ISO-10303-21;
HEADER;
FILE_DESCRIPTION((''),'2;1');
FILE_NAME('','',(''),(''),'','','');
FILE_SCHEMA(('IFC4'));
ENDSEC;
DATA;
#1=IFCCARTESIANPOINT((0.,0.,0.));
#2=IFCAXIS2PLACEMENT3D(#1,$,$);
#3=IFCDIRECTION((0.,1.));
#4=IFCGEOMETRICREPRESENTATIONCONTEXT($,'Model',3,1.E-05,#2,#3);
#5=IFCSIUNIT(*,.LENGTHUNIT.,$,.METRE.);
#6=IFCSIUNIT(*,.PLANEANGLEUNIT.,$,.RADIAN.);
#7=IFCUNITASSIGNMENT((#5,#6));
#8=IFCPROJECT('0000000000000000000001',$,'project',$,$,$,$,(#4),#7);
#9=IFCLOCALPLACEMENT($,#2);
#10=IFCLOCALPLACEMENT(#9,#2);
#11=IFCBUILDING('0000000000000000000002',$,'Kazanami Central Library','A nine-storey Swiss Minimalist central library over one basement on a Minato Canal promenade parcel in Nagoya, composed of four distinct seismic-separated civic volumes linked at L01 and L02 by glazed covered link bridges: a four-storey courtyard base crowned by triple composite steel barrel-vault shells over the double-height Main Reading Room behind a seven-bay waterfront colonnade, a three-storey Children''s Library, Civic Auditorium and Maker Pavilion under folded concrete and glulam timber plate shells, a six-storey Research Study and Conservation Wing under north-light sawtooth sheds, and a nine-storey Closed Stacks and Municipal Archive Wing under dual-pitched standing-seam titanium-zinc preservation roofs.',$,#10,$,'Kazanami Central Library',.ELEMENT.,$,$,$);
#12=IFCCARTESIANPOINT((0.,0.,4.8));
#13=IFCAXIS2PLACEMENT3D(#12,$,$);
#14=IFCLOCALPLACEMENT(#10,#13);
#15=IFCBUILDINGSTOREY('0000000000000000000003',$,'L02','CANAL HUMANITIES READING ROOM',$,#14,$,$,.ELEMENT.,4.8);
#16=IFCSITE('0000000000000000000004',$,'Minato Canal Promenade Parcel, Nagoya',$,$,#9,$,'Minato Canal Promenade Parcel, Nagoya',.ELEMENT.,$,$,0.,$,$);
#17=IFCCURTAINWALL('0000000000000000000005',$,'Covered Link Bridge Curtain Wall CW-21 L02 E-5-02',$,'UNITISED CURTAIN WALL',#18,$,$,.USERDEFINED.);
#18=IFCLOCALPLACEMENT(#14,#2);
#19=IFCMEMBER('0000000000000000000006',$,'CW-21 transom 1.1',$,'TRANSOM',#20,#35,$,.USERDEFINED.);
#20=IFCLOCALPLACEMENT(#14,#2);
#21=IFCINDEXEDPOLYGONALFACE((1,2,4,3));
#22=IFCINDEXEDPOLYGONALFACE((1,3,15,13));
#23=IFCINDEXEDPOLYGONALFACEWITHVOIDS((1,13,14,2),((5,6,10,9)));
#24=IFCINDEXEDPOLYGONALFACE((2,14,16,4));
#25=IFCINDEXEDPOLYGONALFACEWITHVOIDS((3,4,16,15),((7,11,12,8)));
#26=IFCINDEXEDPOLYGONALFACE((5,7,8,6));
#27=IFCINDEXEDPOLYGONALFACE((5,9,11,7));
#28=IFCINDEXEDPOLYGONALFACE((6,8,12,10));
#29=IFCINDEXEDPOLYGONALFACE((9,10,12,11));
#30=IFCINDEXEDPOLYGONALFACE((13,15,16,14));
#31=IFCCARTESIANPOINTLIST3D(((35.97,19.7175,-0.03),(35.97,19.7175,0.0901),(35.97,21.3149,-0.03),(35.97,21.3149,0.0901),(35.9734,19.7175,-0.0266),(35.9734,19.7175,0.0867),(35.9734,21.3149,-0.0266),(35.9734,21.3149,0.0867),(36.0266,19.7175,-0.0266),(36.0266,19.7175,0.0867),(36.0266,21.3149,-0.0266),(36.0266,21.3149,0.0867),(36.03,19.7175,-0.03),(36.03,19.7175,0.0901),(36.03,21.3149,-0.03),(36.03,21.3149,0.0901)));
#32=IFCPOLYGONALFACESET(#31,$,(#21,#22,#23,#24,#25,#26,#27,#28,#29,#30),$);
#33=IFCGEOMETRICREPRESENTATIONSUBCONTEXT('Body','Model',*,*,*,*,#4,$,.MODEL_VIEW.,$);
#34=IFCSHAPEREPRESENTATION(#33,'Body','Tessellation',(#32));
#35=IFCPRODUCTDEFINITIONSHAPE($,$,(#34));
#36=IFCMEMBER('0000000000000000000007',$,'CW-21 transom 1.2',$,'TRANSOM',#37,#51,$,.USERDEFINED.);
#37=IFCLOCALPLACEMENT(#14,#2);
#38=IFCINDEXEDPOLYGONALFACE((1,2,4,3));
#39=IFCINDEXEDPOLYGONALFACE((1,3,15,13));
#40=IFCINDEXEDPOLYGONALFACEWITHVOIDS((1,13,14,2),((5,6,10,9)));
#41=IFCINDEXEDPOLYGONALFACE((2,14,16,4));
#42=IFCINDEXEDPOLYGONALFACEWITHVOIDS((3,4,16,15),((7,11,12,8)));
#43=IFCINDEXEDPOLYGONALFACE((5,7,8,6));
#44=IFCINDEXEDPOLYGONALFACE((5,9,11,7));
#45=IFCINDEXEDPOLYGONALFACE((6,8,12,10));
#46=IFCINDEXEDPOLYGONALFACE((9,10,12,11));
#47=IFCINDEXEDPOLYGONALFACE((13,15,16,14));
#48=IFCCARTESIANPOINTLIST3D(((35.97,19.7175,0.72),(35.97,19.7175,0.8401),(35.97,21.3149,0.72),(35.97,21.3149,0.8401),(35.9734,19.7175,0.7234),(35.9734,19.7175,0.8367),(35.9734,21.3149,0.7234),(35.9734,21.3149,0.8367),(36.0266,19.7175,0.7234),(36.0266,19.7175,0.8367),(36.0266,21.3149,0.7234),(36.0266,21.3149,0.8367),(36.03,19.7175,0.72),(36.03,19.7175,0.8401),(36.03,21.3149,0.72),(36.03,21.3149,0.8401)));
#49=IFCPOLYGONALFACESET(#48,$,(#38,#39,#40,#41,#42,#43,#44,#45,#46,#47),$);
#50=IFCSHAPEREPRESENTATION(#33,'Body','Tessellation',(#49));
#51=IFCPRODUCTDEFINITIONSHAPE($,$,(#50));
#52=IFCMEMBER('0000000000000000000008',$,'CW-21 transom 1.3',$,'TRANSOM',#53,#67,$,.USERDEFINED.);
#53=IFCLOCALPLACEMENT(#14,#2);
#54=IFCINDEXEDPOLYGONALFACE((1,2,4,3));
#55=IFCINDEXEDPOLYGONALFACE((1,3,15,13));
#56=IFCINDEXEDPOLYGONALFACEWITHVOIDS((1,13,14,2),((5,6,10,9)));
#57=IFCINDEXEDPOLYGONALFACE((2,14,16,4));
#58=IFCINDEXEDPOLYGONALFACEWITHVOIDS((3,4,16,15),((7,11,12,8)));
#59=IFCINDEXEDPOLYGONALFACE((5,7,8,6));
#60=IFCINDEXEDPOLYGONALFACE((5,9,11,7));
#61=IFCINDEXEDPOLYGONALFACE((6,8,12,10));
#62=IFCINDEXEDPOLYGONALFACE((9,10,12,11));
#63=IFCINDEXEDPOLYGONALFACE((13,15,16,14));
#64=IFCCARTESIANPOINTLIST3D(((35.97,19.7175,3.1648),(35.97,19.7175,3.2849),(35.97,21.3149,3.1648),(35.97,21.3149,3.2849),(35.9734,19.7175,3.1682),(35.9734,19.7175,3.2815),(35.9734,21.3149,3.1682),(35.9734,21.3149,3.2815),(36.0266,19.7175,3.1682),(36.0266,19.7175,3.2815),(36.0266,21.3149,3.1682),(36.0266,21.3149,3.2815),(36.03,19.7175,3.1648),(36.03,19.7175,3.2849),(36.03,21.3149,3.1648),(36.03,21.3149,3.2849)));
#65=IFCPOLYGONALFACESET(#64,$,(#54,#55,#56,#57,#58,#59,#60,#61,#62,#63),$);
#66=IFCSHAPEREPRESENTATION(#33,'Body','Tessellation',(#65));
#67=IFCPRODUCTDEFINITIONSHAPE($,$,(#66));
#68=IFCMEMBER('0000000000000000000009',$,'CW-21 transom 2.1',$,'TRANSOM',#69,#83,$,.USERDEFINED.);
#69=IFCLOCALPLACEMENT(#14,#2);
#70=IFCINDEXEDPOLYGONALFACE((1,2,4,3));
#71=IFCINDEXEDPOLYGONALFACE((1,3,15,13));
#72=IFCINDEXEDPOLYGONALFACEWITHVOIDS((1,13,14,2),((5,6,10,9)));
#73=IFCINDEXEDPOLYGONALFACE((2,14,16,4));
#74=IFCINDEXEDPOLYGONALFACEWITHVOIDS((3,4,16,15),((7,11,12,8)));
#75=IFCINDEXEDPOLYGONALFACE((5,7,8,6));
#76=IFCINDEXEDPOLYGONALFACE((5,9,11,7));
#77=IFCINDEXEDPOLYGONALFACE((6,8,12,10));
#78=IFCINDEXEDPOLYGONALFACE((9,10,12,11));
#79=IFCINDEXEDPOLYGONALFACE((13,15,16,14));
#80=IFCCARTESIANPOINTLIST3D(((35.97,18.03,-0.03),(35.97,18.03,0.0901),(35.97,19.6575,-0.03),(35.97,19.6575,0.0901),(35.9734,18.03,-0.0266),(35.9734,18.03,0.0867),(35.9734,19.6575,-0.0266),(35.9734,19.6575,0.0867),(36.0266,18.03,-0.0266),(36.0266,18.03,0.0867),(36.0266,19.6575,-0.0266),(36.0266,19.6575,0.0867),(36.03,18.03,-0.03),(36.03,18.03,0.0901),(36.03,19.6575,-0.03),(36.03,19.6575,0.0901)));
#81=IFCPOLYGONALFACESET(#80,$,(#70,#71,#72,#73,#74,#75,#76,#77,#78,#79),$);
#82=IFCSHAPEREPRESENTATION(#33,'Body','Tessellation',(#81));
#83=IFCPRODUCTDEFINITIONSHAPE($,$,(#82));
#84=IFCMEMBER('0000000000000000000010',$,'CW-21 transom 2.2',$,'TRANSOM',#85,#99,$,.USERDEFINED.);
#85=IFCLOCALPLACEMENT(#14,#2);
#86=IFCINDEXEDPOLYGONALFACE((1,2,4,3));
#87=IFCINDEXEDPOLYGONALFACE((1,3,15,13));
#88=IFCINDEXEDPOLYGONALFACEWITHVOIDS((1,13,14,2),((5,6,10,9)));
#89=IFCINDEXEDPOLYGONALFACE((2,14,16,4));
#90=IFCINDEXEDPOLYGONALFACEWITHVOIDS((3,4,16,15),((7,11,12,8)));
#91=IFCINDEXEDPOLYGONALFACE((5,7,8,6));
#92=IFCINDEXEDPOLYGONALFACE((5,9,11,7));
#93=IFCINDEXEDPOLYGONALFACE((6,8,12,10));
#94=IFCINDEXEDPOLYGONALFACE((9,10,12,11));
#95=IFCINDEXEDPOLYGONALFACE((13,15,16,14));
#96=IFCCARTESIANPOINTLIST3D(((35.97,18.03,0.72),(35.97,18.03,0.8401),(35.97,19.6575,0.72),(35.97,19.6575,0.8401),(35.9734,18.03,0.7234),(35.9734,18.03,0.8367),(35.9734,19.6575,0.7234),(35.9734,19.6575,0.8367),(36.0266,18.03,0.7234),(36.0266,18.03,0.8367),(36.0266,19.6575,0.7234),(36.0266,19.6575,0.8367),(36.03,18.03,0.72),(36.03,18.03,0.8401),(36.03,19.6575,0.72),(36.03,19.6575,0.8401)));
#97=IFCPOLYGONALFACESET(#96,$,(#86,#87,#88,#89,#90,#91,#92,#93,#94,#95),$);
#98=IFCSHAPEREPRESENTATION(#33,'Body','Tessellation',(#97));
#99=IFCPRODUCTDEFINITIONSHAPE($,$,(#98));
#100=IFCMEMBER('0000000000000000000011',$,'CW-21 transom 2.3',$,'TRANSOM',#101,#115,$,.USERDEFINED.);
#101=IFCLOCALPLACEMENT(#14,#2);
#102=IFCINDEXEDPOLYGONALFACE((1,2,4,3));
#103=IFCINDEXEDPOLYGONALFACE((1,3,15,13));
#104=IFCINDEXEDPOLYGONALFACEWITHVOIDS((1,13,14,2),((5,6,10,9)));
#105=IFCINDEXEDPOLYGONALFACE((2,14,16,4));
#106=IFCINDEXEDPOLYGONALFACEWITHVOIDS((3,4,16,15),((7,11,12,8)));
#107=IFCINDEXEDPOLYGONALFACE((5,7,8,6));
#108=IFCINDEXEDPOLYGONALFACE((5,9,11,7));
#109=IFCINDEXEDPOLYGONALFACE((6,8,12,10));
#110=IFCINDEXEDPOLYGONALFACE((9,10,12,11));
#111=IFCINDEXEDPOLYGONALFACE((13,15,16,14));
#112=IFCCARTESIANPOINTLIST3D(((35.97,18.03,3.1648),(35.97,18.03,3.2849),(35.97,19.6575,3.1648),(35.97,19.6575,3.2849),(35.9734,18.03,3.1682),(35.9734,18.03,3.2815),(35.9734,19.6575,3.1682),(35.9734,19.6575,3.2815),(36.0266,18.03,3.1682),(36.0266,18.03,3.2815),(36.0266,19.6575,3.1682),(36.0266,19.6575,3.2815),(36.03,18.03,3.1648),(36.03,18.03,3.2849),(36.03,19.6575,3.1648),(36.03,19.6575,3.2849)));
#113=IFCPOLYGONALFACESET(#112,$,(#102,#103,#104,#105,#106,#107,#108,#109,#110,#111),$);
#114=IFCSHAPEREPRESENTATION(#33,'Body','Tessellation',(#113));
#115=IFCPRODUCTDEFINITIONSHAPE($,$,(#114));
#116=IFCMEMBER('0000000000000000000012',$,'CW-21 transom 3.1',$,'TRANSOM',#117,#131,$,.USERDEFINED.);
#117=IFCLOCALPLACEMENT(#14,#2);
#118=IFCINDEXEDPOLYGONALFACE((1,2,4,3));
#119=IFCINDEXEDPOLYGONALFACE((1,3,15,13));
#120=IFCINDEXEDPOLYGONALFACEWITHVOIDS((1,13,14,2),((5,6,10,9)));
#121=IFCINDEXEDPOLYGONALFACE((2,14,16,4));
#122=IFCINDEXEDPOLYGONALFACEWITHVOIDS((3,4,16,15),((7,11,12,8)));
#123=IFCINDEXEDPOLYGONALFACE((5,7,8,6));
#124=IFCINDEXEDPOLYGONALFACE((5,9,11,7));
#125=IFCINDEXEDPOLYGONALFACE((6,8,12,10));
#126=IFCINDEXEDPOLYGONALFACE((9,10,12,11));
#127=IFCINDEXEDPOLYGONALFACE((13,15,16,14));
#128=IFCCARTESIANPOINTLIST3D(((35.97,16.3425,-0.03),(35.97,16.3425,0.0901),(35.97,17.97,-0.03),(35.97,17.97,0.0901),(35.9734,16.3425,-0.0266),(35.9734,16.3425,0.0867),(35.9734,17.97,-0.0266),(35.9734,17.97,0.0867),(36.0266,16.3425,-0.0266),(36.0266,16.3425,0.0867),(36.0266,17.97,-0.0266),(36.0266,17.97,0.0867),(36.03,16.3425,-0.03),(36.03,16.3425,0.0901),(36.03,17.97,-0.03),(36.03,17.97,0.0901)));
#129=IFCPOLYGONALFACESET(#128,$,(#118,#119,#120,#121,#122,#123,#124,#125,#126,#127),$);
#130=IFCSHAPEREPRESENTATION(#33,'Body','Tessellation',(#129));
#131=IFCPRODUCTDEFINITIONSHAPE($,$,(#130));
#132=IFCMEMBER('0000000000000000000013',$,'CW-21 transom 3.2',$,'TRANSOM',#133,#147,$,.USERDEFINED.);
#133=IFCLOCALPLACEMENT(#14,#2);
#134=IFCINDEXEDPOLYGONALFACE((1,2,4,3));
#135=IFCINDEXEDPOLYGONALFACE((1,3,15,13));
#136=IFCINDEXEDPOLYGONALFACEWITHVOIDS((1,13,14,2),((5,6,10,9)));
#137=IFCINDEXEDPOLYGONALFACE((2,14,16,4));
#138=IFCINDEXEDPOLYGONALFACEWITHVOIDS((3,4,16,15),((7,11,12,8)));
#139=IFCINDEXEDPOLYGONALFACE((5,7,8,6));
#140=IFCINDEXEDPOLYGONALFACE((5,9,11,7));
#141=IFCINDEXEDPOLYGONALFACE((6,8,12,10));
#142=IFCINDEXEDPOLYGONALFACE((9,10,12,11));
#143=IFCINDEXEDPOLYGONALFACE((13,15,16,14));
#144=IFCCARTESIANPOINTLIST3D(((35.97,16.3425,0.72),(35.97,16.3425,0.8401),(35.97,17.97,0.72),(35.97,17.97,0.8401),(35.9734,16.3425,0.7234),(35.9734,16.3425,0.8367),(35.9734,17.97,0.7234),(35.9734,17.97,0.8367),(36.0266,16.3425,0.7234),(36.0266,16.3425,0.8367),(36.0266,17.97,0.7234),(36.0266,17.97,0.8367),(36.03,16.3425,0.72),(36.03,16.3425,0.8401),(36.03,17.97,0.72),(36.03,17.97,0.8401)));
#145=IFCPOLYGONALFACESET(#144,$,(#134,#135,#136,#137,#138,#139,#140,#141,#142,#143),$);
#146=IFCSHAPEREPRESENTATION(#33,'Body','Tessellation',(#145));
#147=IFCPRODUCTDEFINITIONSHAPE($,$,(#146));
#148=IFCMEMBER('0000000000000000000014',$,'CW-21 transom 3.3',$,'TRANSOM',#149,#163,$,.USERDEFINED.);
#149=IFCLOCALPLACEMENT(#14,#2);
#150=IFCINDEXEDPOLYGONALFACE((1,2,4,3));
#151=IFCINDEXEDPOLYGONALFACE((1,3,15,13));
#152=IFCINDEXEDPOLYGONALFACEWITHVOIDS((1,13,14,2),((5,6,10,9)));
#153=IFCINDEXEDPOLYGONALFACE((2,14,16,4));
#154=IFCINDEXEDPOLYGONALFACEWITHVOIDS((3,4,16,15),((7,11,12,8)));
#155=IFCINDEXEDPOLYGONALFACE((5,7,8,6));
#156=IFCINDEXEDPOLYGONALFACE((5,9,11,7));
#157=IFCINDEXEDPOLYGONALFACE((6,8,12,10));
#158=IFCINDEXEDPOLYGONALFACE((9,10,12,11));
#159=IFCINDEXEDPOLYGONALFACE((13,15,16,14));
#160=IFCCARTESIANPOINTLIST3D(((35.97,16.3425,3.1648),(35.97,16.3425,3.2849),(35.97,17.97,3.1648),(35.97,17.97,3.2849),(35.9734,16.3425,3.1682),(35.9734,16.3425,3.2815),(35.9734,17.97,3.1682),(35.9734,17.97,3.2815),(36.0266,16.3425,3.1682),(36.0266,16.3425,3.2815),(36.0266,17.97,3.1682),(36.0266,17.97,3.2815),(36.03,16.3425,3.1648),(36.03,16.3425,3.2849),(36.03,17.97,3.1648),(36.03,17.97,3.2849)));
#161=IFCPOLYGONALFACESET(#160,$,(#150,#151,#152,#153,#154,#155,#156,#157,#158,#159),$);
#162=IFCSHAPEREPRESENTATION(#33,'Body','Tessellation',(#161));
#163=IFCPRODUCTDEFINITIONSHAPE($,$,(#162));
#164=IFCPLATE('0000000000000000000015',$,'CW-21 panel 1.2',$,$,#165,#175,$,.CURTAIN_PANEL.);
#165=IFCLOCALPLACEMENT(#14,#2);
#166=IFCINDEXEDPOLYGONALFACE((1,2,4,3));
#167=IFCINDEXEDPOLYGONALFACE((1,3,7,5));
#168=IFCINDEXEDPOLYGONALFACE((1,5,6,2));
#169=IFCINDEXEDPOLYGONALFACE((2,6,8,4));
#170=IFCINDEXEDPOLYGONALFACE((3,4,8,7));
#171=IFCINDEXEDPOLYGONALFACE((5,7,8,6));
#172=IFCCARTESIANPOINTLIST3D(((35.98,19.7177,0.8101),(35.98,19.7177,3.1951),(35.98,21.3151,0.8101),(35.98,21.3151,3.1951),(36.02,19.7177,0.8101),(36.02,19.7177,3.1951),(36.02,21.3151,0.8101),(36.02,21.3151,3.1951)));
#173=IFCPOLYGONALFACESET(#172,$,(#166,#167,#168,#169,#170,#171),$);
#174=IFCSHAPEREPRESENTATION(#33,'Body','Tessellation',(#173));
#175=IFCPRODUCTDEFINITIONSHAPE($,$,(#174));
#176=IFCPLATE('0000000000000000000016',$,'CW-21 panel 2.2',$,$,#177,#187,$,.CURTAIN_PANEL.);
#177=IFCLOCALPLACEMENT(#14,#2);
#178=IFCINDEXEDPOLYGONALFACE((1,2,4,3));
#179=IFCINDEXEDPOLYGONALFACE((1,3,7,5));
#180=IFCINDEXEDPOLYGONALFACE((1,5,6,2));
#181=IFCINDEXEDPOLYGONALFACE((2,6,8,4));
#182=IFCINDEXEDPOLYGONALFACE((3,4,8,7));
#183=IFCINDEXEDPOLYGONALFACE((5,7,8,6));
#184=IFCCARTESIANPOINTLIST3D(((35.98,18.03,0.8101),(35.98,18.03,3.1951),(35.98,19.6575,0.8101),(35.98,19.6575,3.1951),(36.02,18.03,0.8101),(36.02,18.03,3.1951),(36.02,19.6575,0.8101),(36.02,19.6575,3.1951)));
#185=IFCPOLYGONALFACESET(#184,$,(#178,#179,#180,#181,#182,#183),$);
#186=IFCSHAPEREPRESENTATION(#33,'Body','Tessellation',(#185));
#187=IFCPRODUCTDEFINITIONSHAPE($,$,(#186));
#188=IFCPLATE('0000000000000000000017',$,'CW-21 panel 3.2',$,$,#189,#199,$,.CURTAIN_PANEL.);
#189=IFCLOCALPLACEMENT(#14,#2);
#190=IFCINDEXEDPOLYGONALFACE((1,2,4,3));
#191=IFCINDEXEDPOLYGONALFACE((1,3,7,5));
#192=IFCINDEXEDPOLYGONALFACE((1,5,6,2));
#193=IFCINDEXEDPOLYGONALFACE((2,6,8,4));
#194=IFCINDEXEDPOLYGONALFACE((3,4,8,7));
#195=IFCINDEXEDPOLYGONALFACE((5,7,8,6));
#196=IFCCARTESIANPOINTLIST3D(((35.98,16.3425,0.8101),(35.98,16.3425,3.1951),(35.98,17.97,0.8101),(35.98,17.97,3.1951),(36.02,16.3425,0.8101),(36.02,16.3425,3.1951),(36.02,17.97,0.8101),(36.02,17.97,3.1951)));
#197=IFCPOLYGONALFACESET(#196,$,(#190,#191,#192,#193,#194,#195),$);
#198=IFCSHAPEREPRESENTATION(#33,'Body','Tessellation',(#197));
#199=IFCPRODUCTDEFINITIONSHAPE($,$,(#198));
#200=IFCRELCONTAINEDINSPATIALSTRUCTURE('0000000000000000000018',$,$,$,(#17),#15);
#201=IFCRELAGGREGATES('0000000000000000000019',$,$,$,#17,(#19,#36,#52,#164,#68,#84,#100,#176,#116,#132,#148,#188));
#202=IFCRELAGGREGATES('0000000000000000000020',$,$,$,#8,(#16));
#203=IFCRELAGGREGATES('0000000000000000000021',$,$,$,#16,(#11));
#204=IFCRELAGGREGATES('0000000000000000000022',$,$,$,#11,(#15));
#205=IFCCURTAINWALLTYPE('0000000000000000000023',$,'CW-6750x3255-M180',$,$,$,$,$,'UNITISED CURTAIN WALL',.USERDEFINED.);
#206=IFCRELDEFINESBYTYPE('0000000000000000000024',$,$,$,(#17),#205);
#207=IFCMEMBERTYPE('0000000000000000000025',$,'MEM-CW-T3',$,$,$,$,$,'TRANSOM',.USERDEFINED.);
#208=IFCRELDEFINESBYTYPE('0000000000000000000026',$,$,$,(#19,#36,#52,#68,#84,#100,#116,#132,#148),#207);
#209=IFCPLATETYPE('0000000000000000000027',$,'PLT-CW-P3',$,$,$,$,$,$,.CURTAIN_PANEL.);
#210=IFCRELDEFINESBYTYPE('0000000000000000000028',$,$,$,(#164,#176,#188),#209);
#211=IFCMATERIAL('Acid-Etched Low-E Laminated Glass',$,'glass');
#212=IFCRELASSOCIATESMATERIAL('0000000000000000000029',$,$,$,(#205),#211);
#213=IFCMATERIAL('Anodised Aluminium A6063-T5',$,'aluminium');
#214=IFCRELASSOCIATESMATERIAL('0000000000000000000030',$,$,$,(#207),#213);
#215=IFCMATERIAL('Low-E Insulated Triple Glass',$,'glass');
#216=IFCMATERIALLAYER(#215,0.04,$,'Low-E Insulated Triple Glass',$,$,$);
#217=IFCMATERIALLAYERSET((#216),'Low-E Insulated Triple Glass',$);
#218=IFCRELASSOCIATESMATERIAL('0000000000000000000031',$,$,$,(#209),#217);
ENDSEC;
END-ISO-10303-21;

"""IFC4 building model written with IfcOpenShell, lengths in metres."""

from ifc_helpers import new_model, si_unit, direction, frame, origin, origin_2d, place, context, subcontext, project, spatial, rectangle, hollow_rectangle, extrude, material, layer, layer_set, material_profile, profile_set, type_object, element, aggregate, save


model = new_model("IFC4")

# Units and contexts
model_context = context("Model", 3, precision=1e-05, world=origin(), true_north=direction((0.0, 1.0)))
body_context = subcontext(model_context, "Body", "Model", "MODEL_VIEW")
ifc_project = project(units=[si_unit("LENGTHUNIT", "METRE"), si_unit("PLANEANGLEUNIT", "RADIAN")], contexts=[model_context])

# Site, building, storey
site_placement = place(None, origin())
site = spatial("IfcSite", under=ifc_project, at=site_placement, Name="Minato Canal Promenade Parcel, Nagoya", LongName="Minato Canal Promenade Parcel, Nagoya", CompositionType="ELEMENT", RefElevation=0.0)
building_placement = place(site_placement, origin())
building = spatial("IfcBuilding", under=site, at=building_placement, Name="Kazanami Central Library", Description="A nine-storey Swiss Minimalist central library over one basement on a Minato Canal promenade parcel in Nagoya, composed of four distinct seismic-separated civic volumes linked at L01 and L02 by glazed covered link bridges: a four-storey courtyard base crowned by triple composite steel barrel-vault shells over the double-height Main Reading Room behind a seven-bay waterfront colonnade, a three-storey Children's Library, Civic Auditorium and Maker Pavilion under folded concrete and glulam timber plate shells, a six-storey Research Study and Conservation Wing under north-light sawtooth sheds, and a nine-storey Closed Stacks and Municipal Archive Wing under dual-pitched standing-seam titanium-zinc preservation roofs.", LongName="Kazanami Central Library", CompositionType="ELEMENT")
storey_placement = place(building_placement, frame((0.0, 0.0, 4.8)))
storey = spatial("IfcBuildingStorey", under=building, at=storey_placement, Name="L02", Description="CANAL HUMANITIES READING ROOM", CompositionType="ELEMENT", Elevation=4.8)

# Shared definitions
ifc_material_1 = material(Name="Acid-Etched Low-E Laminated Glass", Category="glass")
ifc_material_2 = material(Name="Anodised Aluminium A6063-T5", Category="aluminium")

# Curtain wall
curtain_wall_type_1 = type_object("IfcCurtainWallType", Name="CW-6750x3255-M180", ElementType="UNITISED CURTAIN WALL", PredefinedType="USERDEFINED", material=ifc_material_1)
curtain_wall_1_placement = place(storey_placement, origin())
curtain_wall_1 = element("IfcCurtainWall", 1, at=curtain_wall_1_placement, inside=storey, type_object=curtain_wall_type_1, Name="Covered Link Bridge Curtain Wall CW-21 L02 E-5-02", ObjectType="UNITISED CURTAIN WALL", PredefinedType="USERDEFINED")

# Members
ifc_material_profile_1 = material_profile(ifc_material_2, hollow_rectangle(XDim=0.0601, YDim=0.1201, WallThickness=0.0034, at=origin_2d()), Name="ALU-TRAN-60x120x3.5")
ifc_profile_set_1 = profile_set([ifc_material_profile_1], Name="Anodised Aluminium A6063-T5")
member_type_1 = type_object("IfcMemberType", Name="MEM-CW-T3", ElementType="TRANSOM", PredefinedType="USERDEFINED", material=ifc_profile_set_1)
member_1_placement = place(storey_placement, frame((36.0, 21.3149, 0.03), z_axis=(0.0, -1.0, 0.0), x_axis=(1.0, 0.0, 0.0)))
member_1 = element("IfcMember", 2, at=member_1_placement, type_object=member_type_1, Name="CW-21 transom 1.1", ObjectType="TRANSOM", PredefinedType="USERDEFINED", context=body_context, shape_type="SweptSolid", body=[
    extrude(hollow_rectangle(XDim=0.0601, YDim=0.1201, WallThickness=0.0034, at=origin_2d()), origin(), (0.0, 0.0, 1.0), 1.5974),
])
member_2_placement = place(storey_placement, frame((36.0, 21.3149, 0.78), z_axis=(0.0, -1.0, 0.0), x_axis=(1.0, 0.0, 0.0)))
member_2 = element("IfcMember", 3, at=member_2_placement, type_object=member_type_1, Name="CW-21 transom 1.2", ObjectType="TRANSOM", PredefinedType="USERDEFINED", context=body_context, shape_type="SweptSolid", body=[
    extrude(hollow_rectangle(XDim=0.0601, YDim=0.1201, WallThickness=0.0034, at=origin_2d()), origin(), (0.0, 0.0, 1.0), 1.5974),
])
member_3_placement = place(storey_placement, frame((36.0, 21.3149, 3.2249), z_axis=(0.0, -1.0, 0.0), x_axis=(1.0, 0.0, 0.0)))
member_3 = element("IfcMember", 4, at=member_3_placement, type_object=member_type_1, Name="CW-21 transom 1.3", ObjectType="TRANSOM", PredefinedType="USERDEFINED", context=body_context, shape_type="SweptSolid", body=[
    extrude(hollow_rectangle(XDim=0.0601, YDim=0.1201, WallThickness=0.0034, at=origin_2d()), origin(), (0.0, 0.0, 1.0), 1.5974),
])
member_4_placement = place(storey_placement, frame((36.0, 19.6575, 0.03), z_axis=(0.0, -1.0, 0.0), x_axis=(1.0, 0.0, 0.0)))
member_4 = element("IfcMember", 5, at=member_4_placement, type_object=member_type_1, Name="CW-21 transom 2.1", ObjectType="TRANSOM", PredefinedType="USERDEFINED", context=body_context, shape_type="SweptSolid", body=[
    extrude(hollow_rectangle(XDim=0.0601, YDim=0.1201, WallThickness=0.0034, at=origin_2d()), origin(), (0.0, 0.0, 1.0), 1.6274),
])
member_5_placement = place(storey_placement, frame((36.0, 19.6575, 0.78), z_axis=(0.0, -1.0, 0.0), x_axis=(1.0, 0.0, 0.0)))
member_5 = element("IfcMember", 6, at=member_5_placement, type_object=member_type_1, Name="CW-21 transom 2.2", ObjectType="TRANSOM", PredefinedType="USERDEFINED", context=body_context, shape_type="SweptSolid", body=[
    extrude(hollow_rectangle(XDim=0.0601, YDim=0.1201, WallThickness=0.0034, at=origin_2d()), origin(), (0.0, 0.0, 1.0), 1.6274),
])
member_6_placement = place(storey_placement, frame((36.0, 19.6575, 3.2249), z_axis=(0.0, -1.0, 0.0), x_axis=(1.0, 0.0, 0.0)))
member_6 = element("IfcMember", 7, at=member_6_placement, type_object=member_type_1, Name="CW-21 transom 2.3", ObjectType="TRANSOM", PredefinedType="USERDEFINED", context=body_context, shape_type="SweptSolid", body=[
    extrude(hollow_rectangle(XDim=0.0601, YDim=0.1201, WallThickness=0.0034, at=origin_2d()), origin(), (0.0, 0.0, 1.0), 1.6274),
])
member_7_placement = place(storey_placement, frame((36.0, 17.97, 0.03), z_axis=(0.0, -1.0, 0.0), x_axis=(1.0, 0.0, 0.0)))
member_7 = element("IfcMember", 8, at=member_7_placement, type_object=member_type_1, Name="CW-21 transom 3.1", ObjectType="TRANSOM", PredefinedType="USERDEFINED", context=body_context, shape_type="SweptSolid", body=[
    extrude(hollow_rectangle(XDim=0.0601, YDim=0.1201, WallThickness=0.0034, at=origin_2d()), origin(), (0.0, 0.0, 1.0), 1.6274),
])
member_8_placement = place(storey_placement, frame((36.0, 17.97, 0.78), z_axis=(0.0, -1.0, 0.0), x_axis=(1.0, 0.0, 0.0)))
member_8 = element("IfcMember", 9, at=member_8_placement, type_object=member_type_1, Name="CW-21 transom 3.2", ObjectType="TRANSOM", PredefinedType="USERDEFINED", context=body_context, shape_type="SweptSolid", body=[
    extrude(hollow_rectangle(XDim=0.0601, YDim=0.1201, WallThickness=0.0034, at=origin_2d()), origin(), (0.0, 0.0, 1.0), 1.6274),
])
member_9_placement = place(storey_placement, frame((36.0, 17.97, 3.2249), z_axis=(0.0, -1.0, 0.0), x_axis=(1.0, 0.0, 0.0)))
member_9 = element("IfcMember", 10, at=member_9_placement, type_object=member_type_1, Name="CW-21 transom 3.3", ObjectType="TRANSOM", PredefinedType="USERDEFINED", context=body_context, shape_type="SweptSolid", body=[
    extrude(hollow_rectangle(XDim=0.0601, YDim=0.1201, WallThickness=0.0034, at=origin_2d()), origin(), (0.0, 0.0, 1.0), 1.6274),
])

# Plates
ifc_material_3 = material(Name="Low-E Insulated Triple Glass", Category="glass")
ifc_layer_1 = layer(ifc_material_3, 0.04, Name="Low-E Insulated Triple Glass")
ifc_layer_set_1 = layer_set([ifc_layer_1], Name="Low-E Insulated Triple Glass")
plate_type_1 = type_object("IfcPlateType", Name="PLT-CW-P3", PredefinedType="CURTAIN_PANEL", material=ifc_layer_set_1)
plate_1_placement = place(storey_placement, frame((36.0, 20.5164, 0.8101), z_axis=(0.0, 0.0, 1.0), x_axis=(0.0, -1.0, 0.0)))
plate_1 = element("IfcPlate", 11, at=plate_1_placement, type_object=plate_type_1, Name="CW-21 panel 1.2", PredefinedType="CURTAIN_PANEL", context=body_context, shape_type="SweptSolid", body=[
    extrude(rectangle(XDim=1.5974, YDim=0.04, at=origin_2d()), origin(), (0.0, 0.0, 1.0), 2.385),
])
plate_2_placement = place(storey_placement, frame((36.0, 18.8438, 0.8101), z_axis=(0.0, 0.0, 1.0), x_axis=(0.0, -1.0, 0.0)))
plate_2 = element("IfcPlate", 12, at=plate_2_placement, type_object=plate_type_1, Name="CW-21 panel 2.2", PredefinedType="CURTAIN_PANEL", context=body_context, shape_type="SweptSolid", body=[
    extrude(rectangle(XDim=1.6274, YDim=0.04, at=origin_2d()), origin(), (0.0, 0.0, 1.0), 2.385),
])
plate_3_placement = place(storey_placement, frame((36.0, 17.1562, 0.8101), z_axis=(0.0, 0.0, 1.0), x_axis=(0.0, -1.0, 0.0)))
plate_3 = element("IfcPlate", 13, at=plate_3_placement, type_object=plate_type_1, Name="CW-21 panel 3.2", PredefinedType="CURTAIN_PANEL", context=body_context, shape_type="SweptSolid", body=[
    extrude(rectangle(XDim=1.6274, YDim=0.04, at=origin_2d()), origin(), (0.0, 0.0, 1.0), 2.385),
])
aggregate(curtain_wall_1, [member_1, member_2, member_3, plate_1, member_4, member_5, member_6, plate_2, member_7, member_8, member_9, plate_3])

save(model, "model.ifc")
